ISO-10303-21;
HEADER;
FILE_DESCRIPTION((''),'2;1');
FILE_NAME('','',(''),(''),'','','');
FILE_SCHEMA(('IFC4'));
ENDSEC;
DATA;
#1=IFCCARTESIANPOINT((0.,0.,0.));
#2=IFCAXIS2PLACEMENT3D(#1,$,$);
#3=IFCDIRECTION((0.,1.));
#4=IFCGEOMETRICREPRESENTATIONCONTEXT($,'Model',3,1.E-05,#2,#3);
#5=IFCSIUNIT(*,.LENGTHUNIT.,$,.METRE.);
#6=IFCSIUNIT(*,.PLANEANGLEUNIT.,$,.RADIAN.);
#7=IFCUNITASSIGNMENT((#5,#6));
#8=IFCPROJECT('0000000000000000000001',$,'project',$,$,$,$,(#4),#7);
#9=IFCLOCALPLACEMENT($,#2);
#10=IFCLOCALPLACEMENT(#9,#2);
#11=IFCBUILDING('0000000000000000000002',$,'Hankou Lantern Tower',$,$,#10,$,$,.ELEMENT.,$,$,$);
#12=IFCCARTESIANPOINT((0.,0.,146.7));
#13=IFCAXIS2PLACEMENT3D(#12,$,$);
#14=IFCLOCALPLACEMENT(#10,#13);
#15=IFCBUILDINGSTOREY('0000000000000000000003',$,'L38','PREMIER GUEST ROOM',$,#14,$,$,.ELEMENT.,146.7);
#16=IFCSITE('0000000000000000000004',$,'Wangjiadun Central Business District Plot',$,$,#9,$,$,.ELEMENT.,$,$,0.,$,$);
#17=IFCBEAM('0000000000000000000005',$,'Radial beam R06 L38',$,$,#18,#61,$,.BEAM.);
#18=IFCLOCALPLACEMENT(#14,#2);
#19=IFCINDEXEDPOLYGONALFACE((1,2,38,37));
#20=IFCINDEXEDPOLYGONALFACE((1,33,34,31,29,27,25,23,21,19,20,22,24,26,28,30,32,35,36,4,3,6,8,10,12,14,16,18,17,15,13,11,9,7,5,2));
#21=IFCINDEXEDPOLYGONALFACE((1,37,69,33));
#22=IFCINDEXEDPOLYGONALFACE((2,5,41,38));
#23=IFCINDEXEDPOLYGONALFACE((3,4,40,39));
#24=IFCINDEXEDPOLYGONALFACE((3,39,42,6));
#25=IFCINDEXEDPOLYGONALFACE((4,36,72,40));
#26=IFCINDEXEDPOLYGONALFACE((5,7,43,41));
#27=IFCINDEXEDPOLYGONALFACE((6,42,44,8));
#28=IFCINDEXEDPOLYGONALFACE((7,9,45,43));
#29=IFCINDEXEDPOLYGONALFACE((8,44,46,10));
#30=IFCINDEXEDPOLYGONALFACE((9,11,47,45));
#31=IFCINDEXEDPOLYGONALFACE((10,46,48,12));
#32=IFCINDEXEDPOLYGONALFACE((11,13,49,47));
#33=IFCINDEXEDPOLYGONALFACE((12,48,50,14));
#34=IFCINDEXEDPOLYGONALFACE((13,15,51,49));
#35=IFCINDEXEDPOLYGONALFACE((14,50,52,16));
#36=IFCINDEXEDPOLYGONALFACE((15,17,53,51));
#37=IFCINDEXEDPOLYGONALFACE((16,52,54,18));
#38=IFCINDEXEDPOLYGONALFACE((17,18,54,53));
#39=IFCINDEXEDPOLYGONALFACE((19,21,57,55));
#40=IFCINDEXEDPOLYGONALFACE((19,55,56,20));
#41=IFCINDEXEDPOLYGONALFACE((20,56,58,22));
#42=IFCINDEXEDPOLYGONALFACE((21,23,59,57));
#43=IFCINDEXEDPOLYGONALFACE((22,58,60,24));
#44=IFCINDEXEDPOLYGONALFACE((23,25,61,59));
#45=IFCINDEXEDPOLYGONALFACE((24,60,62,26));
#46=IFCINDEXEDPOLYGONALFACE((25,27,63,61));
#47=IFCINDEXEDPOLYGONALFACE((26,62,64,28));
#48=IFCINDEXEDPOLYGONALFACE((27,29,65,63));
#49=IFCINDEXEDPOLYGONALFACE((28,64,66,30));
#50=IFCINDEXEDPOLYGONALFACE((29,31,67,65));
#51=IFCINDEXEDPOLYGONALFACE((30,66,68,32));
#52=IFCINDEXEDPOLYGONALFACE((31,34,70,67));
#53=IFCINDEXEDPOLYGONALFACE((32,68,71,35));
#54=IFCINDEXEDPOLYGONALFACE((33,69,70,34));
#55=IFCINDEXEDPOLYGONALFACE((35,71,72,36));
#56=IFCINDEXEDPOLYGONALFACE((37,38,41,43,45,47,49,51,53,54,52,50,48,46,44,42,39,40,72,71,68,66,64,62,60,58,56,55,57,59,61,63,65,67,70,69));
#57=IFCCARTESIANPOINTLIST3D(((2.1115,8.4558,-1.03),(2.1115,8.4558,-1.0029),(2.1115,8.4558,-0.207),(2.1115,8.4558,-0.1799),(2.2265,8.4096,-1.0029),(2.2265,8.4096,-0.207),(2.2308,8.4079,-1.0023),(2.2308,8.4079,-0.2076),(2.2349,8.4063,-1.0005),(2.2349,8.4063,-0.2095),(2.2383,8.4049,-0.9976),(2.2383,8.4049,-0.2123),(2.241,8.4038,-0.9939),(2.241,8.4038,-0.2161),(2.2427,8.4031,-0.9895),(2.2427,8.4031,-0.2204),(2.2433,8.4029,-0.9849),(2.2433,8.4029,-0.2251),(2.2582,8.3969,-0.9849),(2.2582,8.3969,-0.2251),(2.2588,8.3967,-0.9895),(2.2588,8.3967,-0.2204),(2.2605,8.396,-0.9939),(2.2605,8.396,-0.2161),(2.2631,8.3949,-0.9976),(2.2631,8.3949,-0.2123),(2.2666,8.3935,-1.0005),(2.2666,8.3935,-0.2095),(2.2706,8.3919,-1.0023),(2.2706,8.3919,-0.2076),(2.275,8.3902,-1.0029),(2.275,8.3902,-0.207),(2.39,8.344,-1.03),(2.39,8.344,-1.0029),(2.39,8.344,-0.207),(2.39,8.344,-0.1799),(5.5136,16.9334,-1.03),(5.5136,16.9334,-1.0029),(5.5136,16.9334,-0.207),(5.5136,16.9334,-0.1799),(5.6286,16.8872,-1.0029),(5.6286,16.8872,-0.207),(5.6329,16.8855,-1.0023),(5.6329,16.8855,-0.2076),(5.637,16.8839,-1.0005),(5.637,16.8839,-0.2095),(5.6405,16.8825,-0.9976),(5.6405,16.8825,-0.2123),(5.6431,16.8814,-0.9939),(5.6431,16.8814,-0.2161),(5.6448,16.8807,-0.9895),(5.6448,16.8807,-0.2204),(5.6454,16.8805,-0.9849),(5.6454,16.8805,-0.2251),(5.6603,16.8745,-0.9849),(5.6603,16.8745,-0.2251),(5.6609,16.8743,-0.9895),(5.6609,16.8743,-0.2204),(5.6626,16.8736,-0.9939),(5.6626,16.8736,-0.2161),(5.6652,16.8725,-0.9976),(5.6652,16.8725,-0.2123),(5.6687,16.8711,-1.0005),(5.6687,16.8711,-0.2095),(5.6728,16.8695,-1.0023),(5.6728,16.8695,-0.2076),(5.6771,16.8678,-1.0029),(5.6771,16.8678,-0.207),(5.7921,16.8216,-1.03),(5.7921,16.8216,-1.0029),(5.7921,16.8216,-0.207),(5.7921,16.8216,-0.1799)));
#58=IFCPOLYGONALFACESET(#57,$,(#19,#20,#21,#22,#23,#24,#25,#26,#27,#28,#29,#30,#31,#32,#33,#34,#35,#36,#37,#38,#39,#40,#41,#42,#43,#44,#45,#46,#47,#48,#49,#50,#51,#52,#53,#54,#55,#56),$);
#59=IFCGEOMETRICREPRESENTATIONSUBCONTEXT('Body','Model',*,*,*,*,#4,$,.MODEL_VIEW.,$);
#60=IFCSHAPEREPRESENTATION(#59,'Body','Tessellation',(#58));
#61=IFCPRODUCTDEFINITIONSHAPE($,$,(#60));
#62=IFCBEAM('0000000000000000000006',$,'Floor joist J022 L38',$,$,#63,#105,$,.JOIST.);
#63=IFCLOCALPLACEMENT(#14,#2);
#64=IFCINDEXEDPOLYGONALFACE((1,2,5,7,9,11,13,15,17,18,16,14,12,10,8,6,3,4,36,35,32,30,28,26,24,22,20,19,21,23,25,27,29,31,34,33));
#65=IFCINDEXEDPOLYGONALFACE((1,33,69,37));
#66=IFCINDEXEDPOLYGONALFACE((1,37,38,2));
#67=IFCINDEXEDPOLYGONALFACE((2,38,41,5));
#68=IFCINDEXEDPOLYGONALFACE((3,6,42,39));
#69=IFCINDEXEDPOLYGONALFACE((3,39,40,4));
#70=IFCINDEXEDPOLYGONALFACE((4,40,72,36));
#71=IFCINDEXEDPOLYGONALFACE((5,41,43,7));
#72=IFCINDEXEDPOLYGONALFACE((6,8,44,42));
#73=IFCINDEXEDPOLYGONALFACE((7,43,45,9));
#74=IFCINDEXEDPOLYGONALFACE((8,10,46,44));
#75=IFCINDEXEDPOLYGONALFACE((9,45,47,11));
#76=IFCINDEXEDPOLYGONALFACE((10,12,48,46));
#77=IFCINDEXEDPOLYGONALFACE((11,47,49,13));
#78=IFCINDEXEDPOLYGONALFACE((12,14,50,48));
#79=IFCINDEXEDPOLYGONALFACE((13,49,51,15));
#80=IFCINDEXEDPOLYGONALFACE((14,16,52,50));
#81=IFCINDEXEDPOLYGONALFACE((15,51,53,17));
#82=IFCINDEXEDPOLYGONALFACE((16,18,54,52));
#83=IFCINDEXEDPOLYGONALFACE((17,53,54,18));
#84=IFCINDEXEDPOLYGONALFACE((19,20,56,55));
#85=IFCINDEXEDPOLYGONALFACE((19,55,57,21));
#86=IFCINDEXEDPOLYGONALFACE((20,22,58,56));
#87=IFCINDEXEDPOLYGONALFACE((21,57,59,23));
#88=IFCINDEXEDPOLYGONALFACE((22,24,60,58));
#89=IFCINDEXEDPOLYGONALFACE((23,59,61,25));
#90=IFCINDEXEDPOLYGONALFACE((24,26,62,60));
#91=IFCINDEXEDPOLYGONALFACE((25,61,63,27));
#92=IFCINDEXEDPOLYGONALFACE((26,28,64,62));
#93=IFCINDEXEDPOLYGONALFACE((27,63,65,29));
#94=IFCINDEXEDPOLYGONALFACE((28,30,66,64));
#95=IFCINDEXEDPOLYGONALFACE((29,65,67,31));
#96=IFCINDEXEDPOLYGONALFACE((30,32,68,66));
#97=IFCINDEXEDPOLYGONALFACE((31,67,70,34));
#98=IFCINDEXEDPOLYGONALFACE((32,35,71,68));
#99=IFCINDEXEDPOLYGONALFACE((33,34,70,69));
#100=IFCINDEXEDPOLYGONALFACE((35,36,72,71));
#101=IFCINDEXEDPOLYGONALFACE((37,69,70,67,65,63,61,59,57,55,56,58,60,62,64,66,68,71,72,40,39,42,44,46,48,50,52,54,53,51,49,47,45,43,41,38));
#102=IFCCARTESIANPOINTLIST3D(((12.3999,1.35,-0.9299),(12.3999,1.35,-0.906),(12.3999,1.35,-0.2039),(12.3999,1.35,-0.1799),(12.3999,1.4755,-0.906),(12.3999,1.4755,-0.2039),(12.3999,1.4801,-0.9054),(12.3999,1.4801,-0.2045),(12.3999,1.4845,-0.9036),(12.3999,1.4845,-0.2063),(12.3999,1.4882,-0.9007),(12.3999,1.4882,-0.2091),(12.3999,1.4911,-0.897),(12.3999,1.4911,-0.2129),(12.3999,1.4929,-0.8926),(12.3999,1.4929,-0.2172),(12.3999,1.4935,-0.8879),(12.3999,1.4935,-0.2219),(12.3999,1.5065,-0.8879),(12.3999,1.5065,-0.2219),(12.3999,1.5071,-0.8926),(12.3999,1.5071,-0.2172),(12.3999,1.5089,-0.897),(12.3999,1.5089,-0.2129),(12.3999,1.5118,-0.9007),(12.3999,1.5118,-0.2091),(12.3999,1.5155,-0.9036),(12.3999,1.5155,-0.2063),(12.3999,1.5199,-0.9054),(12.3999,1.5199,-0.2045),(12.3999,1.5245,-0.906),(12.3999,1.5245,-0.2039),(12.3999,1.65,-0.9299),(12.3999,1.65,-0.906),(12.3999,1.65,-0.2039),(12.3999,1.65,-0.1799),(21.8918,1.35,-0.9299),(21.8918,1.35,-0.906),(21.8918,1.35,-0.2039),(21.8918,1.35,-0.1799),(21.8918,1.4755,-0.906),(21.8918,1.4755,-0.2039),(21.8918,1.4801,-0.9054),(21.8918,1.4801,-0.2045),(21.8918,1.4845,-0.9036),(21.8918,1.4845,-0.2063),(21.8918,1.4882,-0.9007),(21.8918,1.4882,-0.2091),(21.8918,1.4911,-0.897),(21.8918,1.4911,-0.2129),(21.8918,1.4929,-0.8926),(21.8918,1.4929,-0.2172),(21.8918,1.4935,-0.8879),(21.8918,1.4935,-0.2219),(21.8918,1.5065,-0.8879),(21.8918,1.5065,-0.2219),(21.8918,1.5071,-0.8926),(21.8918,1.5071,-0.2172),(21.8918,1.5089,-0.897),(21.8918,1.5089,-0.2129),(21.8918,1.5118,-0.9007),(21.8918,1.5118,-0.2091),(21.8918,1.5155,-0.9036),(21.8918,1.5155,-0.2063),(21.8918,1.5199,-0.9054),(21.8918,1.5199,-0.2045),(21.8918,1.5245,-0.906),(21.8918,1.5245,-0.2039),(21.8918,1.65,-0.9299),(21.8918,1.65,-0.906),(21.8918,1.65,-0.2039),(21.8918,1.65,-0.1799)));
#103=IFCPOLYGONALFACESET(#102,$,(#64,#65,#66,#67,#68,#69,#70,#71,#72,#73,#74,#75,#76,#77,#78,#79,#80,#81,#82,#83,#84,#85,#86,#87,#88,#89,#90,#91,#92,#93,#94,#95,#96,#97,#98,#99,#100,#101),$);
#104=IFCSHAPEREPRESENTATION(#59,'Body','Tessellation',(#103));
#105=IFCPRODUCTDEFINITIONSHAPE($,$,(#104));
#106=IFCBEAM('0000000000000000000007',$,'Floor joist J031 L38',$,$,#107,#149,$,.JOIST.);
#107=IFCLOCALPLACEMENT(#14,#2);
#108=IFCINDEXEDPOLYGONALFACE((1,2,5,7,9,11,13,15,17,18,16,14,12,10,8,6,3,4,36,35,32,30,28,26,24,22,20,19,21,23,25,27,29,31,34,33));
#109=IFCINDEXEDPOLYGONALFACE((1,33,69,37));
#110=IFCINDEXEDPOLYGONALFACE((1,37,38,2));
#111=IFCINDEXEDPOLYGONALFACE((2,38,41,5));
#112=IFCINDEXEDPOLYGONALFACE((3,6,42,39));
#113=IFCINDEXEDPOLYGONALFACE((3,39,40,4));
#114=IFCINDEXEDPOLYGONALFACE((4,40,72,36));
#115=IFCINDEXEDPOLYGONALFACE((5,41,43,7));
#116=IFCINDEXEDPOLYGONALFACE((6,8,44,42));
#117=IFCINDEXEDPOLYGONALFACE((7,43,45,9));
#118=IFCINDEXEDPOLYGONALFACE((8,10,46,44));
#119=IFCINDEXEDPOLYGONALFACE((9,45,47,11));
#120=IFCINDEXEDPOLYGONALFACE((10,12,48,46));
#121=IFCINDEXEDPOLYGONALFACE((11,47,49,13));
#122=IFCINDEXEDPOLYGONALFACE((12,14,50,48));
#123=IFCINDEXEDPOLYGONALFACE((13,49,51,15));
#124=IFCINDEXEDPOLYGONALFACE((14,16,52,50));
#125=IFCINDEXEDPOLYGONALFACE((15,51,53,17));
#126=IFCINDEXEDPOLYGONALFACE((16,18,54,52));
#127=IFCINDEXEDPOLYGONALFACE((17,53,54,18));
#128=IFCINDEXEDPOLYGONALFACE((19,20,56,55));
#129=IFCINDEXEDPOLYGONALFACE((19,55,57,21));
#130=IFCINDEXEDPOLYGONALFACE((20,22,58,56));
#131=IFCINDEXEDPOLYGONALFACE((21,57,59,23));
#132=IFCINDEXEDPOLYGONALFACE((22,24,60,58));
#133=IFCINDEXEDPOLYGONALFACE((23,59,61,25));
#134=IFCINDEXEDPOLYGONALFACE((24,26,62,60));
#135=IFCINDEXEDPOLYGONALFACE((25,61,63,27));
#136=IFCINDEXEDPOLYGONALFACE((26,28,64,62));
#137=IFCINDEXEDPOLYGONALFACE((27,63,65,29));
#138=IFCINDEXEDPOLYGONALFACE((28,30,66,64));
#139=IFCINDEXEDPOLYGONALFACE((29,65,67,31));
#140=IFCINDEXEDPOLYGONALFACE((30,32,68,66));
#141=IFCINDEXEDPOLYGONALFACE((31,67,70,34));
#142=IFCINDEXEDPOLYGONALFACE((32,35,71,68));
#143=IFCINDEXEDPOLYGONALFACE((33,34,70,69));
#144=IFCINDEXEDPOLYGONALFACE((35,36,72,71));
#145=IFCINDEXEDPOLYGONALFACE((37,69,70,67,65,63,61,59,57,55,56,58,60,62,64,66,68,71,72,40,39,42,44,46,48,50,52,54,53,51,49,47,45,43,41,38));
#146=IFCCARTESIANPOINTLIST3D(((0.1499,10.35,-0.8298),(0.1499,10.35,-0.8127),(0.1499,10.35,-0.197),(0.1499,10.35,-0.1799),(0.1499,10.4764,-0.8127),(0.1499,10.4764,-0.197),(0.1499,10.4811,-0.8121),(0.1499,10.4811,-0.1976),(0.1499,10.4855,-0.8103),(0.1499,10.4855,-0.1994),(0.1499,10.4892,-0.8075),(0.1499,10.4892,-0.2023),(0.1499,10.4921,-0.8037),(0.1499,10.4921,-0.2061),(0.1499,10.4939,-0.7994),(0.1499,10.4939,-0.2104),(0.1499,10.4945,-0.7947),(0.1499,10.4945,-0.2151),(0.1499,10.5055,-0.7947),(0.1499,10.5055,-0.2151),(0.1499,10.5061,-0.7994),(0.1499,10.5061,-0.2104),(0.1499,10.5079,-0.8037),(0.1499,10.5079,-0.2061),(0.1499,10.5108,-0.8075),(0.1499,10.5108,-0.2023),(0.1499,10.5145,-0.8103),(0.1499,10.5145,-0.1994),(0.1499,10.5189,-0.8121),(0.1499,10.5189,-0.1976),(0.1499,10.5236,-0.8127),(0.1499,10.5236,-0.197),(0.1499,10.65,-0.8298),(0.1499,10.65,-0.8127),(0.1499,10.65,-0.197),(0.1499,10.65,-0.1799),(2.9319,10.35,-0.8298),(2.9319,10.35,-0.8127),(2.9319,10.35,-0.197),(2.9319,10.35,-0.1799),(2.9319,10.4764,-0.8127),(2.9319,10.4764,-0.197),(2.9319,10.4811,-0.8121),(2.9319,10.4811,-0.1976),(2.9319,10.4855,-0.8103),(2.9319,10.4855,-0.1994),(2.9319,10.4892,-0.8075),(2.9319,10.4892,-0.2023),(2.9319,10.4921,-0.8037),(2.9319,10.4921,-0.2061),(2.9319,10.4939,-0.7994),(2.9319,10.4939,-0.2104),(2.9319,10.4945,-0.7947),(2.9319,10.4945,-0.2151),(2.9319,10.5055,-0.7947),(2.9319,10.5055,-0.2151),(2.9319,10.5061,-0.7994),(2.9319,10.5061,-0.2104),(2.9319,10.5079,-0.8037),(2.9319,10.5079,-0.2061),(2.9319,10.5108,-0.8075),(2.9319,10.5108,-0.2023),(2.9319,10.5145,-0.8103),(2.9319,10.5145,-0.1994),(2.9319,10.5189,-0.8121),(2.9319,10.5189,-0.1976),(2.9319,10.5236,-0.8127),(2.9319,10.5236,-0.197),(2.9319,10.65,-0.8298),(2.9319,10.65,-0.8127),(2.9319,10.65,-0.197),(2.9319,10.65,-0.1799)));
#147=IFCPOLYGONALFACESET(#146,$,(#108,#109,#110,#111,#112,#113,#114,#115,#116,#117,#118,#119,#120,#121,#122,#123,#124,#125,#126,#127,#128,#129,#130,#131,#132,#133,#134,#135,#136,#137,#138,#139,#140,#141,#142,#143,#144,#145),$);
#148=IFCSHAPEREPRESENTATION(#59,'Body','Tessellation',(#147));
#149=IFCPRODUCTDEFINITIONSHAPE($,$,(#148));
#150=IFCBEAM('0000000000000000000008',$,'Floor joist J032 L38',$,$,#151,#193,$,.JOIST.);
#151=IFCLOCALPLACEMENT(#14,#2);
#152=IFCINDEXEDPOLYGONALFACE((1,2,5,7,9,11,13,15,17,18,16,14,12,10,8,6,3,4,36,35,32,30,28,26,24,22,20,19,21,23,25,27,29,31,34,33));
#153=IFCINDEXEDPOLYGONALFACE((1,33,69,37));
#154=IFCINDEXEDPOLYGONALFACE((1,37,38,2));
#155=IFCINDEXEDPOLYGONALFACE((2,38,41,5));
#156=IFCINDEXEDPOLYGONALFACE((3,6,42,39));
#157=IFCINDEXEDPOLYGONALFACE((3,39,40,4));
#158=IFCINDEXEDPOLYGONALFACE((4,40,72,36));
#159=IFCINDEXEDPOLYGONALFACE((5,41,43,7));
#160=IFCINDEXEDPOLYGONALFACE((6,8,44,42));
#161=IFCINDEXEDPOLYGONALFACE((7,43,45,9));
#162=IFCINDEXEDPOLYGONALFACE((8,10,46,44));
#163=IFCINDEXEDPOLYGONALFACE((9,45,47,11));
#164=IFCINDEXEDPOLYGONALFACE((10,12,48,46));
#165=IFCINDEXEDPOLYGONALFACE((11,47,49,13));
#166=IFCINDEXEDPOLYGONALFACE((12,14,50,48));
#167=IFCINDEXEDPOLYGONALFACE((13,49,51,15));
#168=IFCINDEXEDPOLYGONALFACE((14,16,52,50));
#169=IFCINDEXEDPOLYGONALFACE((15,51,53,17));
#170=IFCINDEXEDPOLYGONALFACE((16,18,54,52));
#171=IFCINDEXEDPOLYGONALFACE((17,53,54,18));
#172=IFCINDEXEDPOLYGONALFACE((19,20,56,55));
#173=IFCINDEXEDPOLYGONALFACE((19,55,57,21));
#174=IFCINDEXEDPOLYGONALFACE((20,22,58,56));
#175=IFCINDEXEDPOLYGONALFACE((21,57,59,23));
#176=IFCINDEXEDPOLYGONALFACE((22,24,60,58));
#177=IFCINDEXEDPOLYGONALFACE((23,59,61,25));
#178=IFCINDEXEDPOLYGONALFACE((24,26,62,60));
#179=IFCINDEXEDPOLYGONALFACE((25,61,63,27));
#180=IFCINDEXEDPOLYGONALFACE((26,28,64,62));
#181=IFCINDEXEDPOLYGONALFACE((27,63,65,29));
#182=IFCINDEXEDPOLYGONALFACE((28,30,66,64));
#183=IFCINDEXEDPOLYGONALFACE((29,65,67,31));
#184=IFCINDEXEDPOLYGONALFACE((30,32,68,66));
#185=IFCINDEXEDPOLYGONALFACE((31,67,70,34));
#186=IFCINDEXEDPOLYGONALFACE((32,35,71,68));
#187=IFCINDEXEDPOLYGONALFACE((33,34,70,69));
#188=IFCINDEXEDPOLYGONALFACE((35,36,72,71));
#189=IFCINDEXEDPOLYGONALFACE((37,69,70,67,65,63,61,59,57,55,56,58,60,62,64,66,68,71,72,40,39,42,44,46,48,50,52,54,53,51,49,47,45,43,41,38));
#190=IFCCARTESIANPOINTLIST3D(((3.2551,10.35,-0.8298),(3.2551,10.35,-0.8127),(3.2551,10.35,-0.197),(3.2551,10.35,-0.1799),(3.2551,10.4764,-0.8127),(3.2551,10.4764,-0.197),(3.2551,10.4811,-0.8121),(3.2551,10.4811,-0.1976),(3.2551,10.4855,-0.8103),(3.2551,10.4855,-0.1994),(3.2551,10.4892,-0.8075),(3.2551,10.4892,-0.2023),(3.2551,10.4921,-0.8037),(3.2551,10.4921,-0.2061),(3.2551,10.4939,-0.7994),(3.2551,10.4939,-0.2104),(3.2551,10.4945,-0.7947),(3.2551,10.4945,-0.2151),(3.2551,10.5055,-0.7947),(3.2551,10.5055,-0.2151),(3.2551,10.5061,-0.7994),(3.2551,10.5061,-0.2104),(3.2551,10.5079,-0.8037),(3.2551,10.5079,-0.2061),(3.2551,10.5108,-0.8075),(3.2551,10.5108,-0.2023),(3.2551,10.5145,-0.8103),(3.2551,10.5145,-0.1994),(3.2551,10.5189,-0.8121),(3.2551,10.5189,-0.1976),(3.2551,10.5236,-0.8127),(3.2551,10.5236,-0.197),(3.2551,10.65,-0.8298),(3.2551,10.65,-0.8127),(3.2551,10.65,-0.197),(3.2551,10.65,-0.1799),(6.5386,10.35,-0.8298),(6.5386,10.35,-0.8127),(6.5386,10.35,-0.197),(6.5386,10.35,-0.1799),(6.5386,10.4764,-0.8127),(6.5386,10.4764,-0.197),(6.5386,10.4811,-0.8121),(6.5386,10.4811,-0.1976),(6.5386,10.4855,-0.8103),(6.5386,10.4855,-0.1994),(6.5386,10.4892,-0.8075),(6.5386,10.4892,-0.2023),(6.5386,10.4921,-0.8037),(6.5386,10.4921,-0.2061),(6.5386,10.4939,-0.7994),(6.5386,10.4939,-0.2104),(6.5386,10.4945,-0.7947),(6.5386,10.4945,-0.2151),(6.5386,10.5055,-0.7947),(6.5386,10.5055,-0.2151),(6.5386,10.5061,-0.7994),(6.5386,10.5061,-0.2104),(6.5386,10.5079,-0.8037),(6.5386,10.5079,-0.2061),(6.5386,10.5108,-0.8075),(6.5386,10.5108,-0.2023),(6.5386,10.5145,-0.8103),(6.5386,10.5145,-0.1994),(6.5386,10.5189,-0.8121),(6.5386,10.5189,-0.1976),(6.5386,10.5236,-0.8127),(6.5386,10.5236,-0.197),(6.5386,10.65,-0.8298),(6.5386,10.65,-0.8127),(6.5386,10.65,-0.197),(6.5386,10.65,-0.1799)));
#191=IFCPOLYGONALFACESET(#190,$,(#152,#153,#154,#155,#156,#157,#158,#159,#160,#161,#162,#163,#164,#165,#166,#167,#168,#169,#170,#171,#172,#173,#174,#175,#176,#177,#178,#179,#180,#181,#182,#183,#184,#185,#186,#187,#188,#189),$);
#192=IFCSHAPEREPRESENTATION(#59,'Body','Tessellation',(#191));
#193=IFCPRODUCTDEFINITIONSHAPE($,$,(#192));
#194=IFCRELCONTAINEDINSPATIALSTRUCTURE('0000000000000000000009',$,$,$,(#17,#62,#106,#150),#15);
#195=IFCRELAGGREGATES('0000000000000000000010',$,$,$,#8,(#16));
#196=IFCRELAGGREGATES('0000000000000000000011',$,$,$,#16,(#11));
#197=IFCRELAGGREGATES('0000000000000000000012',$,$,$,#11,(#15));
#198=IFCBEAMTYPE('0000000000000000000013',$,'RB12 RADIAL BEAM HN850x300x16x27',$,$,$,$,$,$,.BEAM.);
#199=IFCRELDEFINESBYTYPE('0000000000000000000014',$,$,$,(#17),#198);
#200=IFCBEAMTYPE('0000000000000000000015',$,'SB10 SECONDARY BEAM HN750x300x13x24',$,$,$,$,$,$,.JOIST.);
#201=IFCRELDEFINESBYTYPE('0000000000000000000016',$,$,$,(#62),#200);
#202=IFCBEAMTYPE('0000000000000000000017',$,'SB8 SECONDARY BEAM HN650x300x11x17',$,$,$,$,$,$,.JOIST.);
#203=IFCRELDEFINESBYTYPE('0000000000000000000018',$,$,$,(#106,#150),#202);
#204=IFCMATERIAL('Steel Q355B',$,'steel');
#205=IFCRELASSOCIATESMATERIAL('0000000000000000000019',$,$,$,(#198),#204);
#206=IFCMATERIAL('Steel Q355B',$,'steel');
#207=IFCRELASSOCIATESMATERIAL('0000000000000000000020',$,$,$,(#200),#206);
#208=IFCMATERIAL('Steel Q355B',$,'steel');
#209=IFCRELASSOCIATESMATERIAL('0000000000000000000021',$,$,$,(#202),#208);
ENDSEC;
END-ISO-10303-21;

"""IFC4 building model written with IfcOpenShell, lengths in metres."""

from ifc_helpers import new_model, si_unit, direction, frame, origin, origin_2d, place, context, subcontext, project, spatial, i_section, extrude, material, material_profile, profile_set, type_object, element, save


model = new_model("IFC4")

# Units and contexts
model_context = context("Model", 3, precision=1e-05, world=origin(), true_north=direction((0.0, 1.0)))
body_context = subcontext(model_context, "Body", "Model", "MODEL_VIEW")
ifc_project = project(units=[si_unit("LENGTHUNIT", "METRE"), si_unit("PLANEANGLEUNIT", "RADIAN")], contexts=[model_context])

# Site, building, storey
site_placement = place(None, origin())
site = spatial("IfcSite", under=ifc_project, at=site_placement, Name="Wangjiadun Central Business District Plot", CompositionType="ELEMENT", RefElevation=0.0)
building_placement = place(site_placement, origin())
building = spatial("IfcBuilding", under=site, at=building_placement, Name="Hankou Lantern Tower", CompositionType="ELEMENT")
storey_placement = place(building_placement, frame((0.0, 0.0, 146.7)))
storey = spatial("IfcBuildingStorey", under=building, at=storey_placement, Name="L38", Description="PREMIER GUEST ROOM", CompositionType="ELEMENT", Elevation=146.7)

# Beams
ifc_material_1 = material(Name="Steel Q355B", Category="steel")
ifc_material_profile_1 = material_profile(ifc_material_1, i_section(OverallWidth=0.3, OverallDepth=0.8501, WebThickness=0.0161, FlangeThickness=0.0271, FilletRadius=0.0181, at=origin_2d()), Name="HN850x300x16x27")
ifc_profile_set_1 = profile_set([ifc_material_profile_1], Name="Steel Q355B")
beam_type_1 = type_object("IfcBeamType", Name="RB12 RADIAL BEAM HN850x300x16x27", PredefinedType="BEAM", material=ifc_profile_set_1)
beam_1_placement = place(storey_placement, frame((2.2507, 8.3999, -0.605), z_axis=(0.372436, 0.928058, 0.0), x_axis=(-0.928058, 0.372436, 0.0)))
element("IfcBeam", 1, at=beam_1_placement, inside=storey, type_object=beam_type_1, Name="Radial beam R06 L38", PredefinedType="BEAM", context=body_context, shape_type="SweptSolid", body=[
    extrude(i_section(OverallWidth=0.3, OverallDepth=0.8501, WebThickness=0.0161, FlangeThickness=0.0271, FilletRadius=0.0181, at=origin_2d()), origin(), (0.0, 0.0, 1.0), 9.1348),
])
ifc_material_2 = material(Name="Steel Q355B", Category="steel")
ifc_material_profile_2 = material_profile(ifc_material_2, i_section(OverallWidth=0.3, OverallDepth=0.75, WebThickness=0.0129, FlangeThickness=0.0239, FilletRadius=0.0181, at=origin_2d()), Name="HN750x300x13x24")
ifc_profile_set_2 = profile_set([ifc_material_profile_2], Name="Steel Q355B")
beam_type_2 = type_object("IfcBeamType", Name="SB10 SECONDARY BEAM HN750x300x13x24", PredefinedType="JOIST", material=ifc_profile_set_2)
beam_2_placement = place(storey_placement, frame((12.3999, 1.5, -0.5549), z_axis=(1.0, 0.0, 0.0), x_axis=(0.0, 1.0, 0.0)))
element("IfcBeam", 2, at=beam_2_placement, inside=storey, type_object=beam_type_2, Name="Floor joist J022 L38", PredefinedType="JOIST", context=body_context, shape_type="SweptSolid", body=[
    extrude(i_section(OverallWidth=0.3, OverallDepth=0.75, WebThickness=0.0129, FlangeThickness=0.0239, FilletRadius=0.0181, at=origin_2d()), origin(), (0.0, 0.0, 1.0), 9.4919),
])
ifc_material_3 = material(Name="Steel Q355B", Category="steel")
ifc_material_profile_3 = material_profile(ifc_material_3, i_section(OverallWidth=0.3, OverallDepth=0.6499, WebThickness=0.011, FlangeThickness=0.0171, FilletRadius=0.0181, at=origin_2d()), Name="HN650x300x11x17")
ifc_profile_set_3 = profile_set([ifc_material_profile_3], Name="Steel Q355B")
beam_type_3 = type_object("IfcBeamType", Name="SB8 SECONDARY BEAM HN650x300x11x17", PredefinedType="JOIST", material=ifc_profile_set_3)
beam_3_placement = place(storey_placement, frame((0.1499, 10.5, -0.5049), z_axis=(1.0, 0.0, 0.0), x_axis=(0.0, 1.0, 0.0)))
element("IfcBeam", 3, at=beam_3_placement, inside=storey, type_object=beam_type_3, Name="Floor joist J031 L38", PredefinedType="JOIST", context=body_context, shape_type="SweptSolid", body=[
    extrude(i_section(OverallWidth=0.3, OverallDepth=0.6499, WebThickness=0.011, FlangeThickness=0.0171, FilletRadius=0.0181, at=origin_2d()), origin(), (0.0, 0.0, 1.0), 2.782),
])
beam_4_placement = place(storey_placement, frame((3.2551, 10.5, -0.5049), z_axis=(1.0, 0.0, 0.0), x_axis=(0.0, 1.0, 0.0)))
element("IfcBeam", 4, at=beam_4_placement, inside=storey, type_object=beam_type_3, Name="Floor joist J032 L38", PredefinedType="JOIST", context=body_context, shape_type="SweptSolid", body=[
    extrude(i_section(OverallWidth=0.3, OverallDepth=0.6499, WebThickness=0.011, FlangeThickness=0.0171, FilletRadius=0.0181, at=origin_2d()), origin(), (0.0, 0.0, 1.0), 3.2834),
])

save(model, "model.ifc")
